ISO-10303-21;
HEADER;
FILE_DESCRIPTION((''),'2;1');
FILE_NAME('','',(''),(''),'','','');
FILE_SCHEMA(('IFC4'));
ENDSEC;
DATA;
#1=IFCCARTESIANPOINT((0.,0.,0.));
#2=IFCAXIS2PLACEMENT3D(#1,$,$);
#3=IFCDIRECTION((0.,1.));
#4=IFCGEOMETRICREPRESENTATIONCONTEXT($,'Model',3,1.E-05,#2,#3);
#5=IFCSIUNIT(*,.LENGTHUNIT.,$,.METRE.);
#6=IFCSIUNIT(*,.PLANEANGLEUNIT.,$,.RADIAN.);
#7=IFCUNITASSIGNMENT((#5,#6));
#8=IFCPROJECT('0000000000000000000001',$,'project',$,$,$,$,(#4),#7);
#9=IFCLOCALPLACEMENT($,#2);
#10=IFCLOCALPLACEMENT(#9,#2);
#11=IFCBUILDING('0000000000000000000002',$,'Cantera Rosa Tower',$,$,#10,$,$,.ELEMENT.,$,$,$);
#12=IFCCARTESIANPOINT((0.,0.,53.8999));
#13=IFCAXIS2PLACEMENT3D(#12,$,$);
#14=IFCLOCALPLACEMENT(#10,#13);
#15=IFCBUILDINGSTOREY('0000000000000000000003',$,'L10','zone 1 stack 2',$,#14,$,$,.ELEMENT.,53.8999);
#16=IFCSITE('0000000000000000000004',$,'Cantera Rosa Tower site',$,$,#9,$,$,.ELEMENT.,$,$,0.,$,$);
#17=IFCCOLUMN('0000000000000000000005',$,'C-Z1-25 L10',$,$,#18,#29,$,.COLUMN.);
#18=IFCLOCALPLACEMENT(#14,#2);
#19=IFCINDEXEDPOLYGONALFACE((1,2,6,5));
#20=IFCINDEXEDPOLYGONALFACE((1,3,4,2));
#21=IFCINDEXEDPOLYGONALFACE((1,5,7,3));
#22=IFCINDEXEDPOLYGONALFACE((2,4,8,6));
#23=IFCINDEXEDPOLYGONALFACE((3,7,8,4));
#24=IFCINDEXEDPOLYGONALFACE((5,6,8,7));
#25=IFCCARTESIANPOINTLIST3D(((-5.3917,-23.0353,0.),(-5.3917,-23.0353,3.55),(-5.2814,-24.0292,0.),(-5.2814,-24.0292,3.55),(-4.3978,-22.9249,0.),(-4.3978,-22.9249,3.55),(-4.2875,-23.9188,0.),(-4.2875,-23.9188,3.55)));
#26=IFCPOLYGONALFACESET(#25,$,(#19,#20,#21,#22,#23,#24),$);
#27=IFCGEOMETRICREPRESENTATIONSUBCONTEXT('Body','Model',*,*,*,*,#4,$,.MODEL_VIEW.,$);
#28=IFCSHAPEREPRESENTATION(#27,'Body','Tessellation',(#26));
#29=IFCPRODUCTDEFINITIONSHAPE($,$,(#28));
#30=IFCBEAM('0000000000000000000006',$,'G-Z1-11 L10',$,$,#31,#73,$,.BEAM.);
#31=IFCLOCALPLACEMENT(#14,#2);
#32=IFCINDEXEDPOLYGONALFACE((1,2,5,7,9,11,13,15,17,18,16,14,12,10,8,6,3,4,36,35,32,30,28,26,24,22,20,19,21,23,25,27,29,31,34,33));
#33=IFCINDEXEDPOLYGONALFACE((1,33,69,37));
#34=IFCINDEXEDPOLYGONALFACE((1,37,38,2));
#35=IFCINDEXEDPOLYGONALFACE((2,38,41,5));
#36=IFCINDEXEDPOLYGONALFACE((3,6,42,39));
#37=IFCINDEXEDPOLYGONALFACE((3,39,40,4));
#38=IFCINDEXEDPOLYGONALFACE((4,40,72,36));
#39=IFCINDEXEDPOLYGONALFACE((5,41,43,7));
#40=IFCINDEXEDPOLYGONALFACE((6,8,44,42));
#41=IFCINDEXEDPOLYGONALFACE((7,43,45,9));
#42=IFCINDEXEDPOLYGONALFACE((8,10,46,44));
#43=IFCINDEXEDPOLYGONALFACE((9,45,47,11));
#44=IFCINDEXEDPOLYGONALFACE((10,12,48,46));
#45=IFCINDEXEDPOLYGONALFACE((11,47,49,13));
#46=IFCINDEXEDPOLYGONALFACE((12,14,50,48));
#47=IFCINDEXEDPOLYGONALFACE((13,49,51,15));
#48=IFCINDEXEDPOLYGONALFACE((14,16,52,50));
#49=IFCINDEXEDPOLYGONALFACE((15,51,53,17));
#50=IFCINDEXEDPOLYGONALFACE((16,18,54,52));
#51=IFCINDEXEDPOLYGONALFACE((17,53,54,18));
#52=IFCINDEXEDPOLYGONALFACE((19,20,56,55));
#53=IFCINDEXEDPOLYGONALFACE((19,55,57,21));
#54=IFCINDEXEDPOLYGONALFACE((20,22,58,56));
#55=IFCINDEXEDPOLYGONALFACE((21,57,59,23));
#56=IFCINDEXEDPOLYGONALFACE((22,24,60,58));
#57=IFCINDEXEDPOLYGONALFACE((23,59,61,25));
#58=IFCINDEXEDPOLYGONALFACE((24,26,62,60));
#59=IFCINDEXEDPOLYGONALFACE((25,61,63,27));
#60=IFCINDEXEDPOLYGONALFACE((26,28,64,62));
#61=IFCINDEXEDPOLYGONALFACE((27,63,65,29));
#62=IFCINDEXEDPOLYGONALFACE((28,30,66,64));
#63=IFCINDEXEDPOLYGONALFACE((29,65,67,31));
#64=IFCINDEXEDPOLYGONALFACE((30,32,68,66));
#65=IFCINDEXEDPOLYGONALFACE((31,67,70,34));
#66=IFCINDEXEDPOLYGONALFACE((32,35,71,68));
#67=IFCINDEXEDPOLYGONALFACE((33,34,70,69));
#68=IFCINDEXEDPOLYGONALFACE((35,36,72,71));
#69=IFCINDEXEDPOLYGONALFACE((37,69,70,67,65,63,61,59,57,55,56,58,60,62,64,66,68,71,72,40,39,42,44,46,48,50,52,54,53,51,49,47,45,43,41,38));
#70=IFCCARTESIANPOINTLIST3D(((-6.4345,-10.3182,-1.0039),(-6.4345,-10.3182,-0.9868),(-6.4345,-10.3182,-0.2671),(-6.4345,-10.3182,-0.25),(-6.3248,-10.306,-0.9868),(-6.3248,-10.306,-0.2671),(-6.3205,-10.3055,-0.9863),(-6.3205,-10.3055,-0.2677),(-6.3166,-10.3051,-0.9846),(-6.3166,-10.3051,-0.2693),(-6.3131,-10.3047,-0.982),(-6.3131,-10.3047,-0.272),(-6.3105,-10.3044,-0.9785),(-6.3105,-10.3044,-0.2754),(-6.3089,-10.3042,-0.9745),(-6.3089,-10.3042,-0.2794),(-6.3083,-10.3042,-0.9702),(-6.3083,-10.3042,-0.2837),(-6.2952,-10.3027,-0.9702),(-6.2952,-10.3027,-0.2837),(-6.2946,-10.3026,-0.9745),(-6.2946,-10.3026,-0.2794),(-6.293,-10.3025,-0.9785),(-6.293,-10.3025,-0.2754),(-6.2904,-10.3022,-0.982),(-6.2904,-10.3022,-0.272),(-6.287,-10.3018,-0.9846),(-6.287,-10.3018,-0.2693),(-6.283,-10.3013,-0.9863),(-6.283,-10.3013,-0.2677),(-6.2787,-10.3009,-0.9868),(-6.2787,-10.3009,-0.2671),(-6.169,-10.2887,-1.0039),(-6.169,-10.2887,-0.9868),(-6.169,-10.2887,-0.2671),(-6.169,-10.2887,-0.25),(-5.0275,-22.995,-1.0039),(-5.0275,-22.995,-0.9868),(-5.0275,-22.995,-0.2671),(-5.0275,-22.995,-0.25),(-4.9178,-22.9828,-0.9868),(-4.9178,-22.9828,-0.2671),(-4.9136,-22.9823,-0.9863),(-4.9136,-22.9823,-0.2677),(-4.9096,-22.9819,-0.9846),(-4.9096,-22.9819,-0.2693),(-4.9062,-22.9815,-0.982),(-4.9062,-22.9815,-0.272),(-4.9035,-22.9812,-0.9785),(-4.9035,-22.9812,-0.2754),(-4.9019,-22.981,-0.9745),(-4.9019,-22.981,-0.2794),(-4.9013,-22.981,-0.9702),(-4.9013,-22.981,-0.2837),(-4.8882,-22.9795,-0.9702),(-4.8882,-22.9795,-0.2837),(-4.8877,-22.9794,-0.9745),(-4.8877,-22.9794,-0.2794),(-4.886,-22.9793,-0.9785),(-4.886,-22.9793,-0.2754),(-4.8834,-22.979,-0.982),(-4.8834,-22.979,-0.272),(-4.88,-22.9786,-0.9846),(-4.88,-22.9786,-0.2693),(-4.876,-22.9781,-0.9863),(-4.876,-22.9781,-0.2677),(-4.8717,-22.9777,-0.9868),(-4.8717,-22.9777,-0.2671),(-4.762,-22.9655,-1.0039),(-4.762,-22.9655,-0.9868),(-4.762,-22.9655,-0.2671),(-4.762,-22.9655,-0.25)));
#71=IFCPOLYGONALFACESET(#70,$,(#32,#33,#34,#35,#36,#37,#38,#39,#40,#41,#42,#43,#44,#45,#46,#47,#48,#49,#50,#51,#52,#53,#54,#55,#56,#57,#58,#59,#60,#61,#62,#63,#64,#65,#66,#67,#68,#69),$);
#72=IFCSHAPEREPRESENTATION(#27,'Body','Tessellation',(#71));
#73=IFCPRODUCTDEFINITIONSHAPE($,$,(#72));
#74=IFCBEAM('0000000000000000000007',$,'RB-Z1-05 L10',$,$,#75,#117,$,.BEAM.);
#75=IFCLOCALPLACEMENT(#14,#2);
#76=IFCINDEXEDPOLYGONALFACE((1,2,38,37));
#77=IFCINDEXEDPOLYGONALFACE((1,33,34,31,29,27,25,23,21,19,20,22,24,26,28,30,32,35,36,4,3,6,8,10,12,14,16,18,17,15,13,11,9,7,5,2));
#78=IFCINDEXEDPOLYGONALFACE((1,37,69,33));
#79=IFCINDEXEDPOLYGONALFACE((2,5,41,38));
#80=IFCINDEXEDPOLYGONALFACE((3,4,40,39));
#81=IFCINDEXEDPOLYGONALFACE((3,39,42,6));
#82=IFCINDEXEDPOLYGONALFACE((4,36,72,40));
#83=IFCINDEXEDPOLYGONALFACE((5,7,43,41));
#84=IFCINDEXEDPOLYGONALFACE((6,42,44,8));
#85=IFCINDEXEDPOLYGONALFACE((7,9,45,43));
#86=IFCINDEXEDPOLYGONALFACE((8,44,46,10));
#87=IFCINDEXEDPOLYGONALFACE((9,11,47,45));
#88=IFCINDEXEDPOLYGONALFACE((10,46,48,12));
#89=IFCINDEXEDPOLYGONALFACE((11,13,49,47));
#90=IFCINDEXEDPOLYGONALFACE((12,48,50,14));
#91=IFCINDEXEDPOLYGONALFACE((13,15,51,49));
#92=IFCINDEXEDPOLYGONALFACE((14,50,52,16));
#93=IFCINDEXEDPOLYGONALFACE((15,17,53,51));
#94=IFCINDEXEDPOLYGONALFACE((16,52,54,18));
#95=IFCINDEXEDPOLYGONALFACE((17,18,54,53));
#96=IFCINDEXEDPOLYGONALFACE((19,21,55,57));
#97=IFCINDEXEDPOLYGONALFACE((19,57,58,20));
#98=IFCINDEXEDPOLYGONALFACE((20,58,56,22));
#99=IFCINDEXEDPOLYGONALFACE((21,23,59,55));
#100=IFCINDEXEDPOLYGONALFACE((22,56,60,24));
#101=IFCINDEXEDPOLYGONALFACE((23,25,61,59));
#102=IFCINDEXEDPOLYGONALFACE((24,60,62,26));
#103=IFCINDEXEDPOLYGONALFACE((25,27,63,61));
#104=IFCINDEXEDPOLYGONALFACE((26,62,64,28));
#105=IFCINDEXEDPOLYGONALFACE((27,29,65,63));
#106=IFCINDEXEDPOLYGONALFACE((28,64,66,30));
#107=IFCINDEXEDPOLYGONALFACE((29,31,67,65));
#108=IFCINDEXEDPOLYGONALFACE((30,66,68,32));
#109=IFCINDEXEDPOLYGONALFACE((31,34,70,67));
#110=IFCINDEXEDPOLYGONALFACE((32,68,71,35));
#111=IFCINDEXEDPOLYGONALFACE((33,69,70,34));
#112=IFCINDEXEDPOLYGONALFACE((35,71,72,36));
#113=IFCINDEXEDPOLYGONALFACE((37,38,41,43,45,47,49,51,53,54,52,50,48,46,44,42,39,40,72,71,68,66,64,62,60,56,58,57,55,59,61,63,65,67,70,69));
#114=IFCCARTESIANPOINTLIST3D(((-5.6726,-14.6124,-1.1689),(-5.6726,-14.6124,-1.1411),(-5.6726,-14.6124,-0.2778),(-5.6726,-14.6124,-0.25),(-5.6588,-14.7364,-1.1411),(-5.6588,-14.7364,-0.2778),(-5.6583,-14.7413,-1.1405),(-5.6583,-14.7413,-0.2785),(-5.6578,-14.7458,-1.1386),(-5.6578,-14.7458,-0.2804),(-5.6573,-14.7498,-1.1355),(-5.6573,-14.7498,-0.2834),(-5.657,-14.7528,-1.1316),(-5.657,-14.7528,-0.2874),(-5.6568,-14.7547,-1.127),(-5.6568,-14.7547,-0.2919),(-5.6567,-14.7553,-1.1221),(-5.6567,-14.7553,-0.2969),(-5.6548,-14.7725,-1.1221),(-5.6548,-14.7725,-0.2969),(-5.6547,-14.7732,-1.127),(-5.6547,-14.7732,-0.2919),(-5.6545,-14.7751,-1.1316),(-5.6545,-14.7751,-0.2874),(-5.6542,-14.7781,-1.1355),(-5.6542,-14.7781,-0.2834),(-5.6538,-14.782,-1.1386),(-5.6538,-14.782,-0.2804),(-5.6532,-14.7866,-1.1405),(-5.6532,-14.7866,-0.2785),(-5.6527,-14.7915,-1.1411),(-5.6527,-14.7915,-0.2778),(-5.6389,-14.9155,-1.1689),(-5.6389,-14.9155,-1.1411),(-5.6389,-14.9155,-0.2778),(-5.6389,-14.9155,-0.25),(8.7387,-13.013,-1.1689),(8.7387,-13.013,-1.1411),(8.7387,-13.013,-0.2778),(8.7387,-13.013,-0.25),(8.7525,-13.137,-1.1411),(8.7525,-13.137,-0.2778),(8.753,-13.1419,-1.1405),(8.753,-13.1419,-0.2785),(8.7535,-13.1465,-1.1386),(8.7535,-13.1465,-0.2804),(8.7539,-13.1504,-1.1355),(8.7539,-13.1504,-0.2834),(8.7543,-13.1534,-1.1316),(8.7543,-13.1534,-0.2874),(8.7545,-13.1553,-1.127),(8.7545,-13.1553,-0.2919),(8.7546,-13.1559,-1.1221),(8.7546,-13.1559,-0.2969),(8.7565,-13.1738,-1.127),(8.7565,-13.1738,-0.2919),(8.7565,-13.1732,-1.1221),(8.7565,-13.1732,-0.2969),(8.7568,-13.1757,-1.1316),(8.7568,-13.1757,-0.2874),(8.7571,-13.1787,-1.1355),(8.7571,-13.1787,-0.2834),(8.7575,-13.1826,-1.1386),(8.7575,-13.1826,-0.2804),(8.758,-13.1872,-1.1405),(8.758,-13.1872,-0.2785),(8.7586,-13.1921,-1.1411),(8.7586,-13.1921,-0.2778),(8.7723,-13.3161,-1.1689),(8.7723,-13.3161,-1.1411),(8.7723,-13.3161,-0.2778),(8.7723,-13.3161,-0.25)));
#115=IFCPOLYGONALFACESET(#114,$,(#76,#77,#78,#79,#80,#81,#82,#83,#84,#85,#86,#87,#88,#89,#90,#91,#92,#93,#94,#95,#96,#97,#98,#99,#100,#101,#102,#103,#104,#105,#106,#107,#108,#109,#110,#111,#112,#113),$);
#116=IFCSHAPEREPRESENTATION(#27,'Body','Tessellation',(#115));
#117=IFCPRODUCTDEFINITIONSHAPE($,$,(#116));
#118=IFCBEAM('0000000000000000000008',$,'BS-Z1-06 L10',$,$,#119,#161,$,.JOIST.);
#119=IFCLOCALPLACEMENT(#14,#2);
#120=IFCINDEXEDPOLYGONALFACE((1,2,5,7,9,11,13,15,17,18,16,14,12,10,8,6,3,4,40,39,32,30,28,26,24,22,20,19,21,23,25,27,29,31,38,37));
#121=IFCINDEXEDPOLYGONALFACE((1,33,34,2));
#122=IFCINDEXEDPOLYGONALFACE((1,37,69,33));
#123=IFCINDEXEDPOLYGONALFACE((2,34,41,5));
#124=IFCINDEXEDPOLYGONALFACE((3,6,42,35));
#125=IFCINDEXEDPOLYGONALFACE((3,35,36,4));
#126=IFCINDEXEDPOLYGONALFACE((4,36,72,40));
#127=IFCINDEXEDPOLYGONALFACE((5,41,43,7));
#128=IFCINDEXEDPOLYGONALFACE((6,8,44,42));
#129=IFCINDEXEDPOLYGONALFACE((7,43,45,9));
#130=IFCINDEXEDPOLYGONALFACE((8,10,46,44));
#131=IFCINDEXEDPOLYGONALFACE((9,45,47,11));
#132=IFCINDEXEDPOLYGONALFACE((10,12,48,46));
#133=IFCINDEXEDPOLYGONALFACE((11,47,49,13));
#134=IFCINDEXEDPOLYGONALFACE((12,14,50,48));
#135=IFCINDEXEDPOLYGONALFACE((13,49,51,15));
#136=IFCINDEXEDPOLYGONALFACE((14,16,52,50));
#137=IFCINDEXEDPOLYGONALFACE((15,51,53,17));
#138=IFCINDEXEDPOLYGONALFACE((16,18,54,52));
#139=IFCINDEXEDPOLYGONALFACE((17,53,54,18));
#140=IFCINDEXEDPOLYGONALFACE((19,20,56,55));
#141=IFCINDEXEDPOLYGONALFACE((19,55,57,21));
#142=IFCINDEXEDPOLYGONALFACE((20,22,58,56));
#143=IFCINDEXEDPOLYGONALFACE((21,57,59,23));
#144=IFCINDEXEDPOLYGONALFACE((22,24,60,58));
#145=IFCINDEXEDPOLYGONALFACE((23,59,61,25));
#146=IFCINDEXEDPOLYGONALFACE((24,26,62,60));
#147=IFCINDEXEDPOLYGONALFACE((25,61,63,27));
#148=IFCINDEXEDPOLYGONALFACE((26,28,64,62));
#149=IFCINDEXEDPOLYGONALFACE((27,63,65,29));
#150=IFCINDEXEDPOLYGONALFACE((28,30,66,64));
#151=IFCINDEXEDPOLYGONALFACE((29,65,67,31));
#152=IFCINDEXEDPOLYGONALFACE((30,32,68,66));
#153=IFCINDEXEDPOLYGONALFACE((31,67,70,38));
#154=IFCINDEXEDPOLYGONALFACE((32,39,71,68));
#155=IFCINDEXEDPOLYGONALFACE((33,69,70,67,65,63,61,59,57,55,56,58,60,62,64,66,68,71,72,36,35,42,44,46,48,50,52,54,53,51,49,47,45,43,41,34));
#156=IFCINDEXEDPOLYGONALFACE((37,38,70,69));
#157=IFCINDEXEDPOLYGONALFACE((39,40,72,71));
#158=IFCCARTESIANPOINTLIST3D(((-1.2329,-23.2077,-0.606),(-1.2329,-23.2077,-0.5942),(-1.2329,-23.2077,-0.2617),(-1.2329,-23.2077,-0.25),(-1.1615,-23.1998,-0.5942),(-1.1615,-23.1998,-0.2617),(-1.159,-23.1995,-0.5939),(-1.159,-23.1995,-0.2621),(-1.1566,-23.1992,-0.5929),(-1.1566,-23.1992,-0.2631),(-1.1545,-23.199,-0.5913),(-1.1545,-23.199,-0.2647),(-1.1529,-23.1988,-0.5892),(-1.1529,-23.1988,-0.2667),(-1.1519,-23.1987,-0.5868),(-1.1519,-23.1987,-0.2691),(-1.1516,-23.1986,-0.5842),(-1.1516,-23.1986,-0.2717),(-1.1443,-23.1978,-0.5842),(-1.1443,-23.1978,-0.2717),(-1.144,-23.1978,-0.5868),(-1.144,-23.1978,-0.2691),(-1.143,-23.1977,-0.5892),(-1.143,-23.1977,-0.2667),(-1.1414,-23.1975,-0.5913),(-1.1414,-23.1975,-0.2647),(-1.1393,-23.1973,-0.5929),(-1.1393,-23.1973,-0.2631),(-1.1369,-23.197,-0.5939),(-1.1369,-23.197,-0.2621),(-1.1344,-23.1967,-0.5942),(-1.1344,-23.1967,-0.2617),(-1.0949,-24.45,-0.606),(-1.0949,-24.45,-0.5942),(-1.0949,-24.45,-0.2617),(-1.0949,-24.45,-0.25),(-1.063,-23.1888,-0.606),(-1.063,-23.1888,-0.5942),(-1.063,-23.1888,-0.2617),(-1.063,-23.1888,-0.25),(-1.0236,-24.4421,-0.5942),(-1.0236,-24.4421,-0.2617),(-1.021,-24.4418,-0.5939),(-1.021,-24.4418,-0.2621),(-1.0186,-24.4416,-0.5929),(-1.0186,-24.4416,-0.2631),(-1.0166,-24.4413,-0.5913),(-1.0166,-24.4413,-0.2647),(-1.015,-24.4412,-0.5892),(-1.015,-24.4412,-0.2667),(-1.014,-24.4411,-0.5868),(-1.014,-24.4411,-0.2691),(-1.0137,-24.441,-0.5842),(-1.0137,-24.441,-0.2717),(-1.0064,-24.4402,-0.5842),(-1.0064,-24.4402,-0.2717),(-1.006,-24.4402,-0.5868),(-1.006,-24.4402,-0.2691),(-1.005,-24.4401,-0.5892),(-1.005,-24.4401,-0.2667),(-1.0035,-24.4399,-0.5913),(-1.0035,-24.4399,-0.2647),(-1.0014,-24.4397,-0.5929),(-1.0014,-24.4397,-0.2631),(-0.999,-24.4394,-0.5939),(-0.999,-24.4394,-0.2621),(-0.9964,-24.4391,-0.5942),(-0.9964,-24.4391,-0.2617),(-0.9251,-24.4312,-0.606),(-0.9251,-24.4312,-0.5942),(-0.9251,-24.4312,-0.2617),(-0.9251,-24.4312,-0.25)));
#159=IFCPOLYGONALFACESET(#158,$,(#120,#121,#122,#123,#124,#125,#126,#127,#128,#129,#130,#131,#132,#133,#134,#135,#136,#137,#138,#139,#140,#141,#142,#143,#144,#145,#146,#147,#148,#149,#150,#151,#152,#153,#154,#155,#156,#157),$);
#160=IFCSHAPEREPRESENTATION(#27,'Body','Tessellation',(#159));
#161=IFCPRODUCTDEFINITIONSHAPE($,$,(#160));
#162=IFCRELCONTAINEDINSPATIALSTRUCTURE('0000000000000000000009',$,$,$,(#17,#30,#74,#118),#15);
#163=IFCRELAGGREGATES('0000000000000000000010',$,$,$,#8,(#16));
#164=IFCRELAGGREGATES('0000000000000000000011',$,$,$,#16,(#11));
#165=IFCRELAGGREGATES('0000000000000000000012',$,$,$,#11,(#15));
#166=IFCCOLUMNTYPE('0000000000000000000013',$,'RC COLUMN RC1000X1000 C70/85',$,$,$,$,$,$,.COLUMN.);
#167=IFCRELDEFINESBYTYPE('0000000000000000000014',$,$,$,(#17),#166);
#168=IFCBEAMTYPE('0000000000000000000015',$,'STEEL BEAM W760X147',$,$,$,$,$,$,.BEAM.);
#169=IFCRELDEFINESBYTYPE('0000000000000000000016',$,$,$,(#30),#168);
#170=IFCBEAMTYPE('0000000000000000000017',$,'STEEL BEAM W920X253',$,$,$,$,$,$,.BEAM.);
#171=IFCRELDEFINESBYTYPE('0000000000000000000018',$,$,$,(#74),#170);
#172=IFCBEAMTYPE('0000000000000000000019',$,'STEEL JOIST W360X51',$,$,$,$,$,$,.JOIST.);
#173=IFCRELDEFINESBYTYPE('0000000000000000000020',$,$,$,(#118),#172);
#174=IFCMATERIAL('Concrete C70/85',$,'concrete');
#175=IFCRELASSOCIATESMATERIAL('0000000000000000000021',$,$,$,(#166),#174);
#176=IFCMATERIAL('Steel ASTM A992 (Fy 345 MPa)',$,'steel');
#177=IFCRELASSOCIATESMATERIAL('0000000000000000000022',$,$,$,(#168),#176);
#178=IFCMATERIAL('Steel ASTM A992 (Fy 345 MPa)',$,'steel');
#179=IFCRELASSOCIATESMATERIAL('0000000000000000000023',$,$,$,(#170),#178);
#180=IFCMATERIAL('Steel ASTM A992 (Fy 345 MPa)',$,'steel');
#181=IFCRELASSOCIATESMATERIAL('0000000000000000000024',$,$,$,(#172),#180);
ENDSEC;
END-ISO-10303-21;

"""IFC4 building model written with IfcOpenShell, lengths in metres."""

from ifc_helpers import new_model, si_unit, direction, frame, origin, origin_2d, place, context, subcontext, project, spatial, rectangle, i_section, extrude, material, material_profile, profile_set, type_object, element, save


model = new_model("IFC4")

# Units and contexts
model_context = context("Model", 3, precision=1e-05, world=origin(), true_north=direction((0.0, 1.0)))
body_context = subcontext(model_context, "Body", "Model", "MODEL_VIEW")
ifc_project = project(units=[si_unit("LENGTHUNIT", "METRE"), si_unit("PLANEANGLEUNIT", "RADIAN")], contexts=[model_context])

# Site, building, storey
site_placement = place(None, origin())
site = spatial("IfcSite", under=ifc_project, at=site_placement, Name="Cantera Rosa Tower site", CompositionType="ELEMENT", RefElevation=0.0)
building_placement = place(site_placement, origin())
building = spatial("IfcBuilding", under=site, at=building_placement, Name="Cantera Rosa Tower", CompositionType="ELEMENT")
storey_placement = place(building_placement, frame((0.0, 0.0, 53.8999)))
storey = spatial("IfcBuildingStorey", under=building, at=storey_placement, Name="L10", Description="zone 1 stack 2", CompositionType="ELEMENT", Elevation=53.8999)

# Column
ifc_material_1 = material(Name="Concrete C70/85", Category="concrete")
ifc_material_profile_1 = material_profile(ifc_material_1, rectangle(XDim=1.0, YDim=1.0, at=origin_2d()), Name="RC COLUMN RC1000X1000 C70/85")
ifc_profile_set_1 = profile_set([ifc_material_profile_1], Name="Concrete C70/85")
column_type = type_object("IfcColumnType", Name="RC COLUMN RC1000X1000 C70/85", PredefinedType="COLUMN", material=ifc_profile_set_1)
column_placement = place(storey_placement, frame((-4.8396, -23.4771, 0.0), z_axis=(0.0, 0.0, 1.0), x_axis=(0.993897, 0.110313, 0.0)))
element("IfcColumn", 1, at=column_placement, inside=storey, type_object=column_type, Name="C-Z1-25 L10", PredefinedType="COLUMN", context=body_context, shape_type="SweptSolid", body=[
    extrude(rectangle(XDim=1.0, YDim=1.0, at=origin_2d()), origin(), (0.0, 0.0, 1.0), 3.55),
])

# Beams
ifc_material_2 = material(Name="Steel ASTM A992 (Fy 345 MPa)", Category="steel")
ifc_material_profile_2 = material_profile(ifc_material_2, i_section(OverallWidth=0.2671, OverallDepth=0.7539, WebThickness=0.0132, FlangeThickness=0.0171, FilletRadius=0.0166, at=origin_2d()), Name="W760X147")
ifc_profile_set_2 = profile_set([ifc_material_profile_2], Name="Steel ASTM A992 (Fy 345 MPa)")
beam_type_1 = type_object("IfcBeamType", Name="STEEL BEAM W760X147", PredefinedType="BEAM", material=ifc_profile_set_2)
beam_1_placement = place(storey_placement, frame((-4.8948, -22.9802, -0.627), z_axis=(-0.110312, 0.993897, 0.0), x_axis=(-0.993897, -0.110312, 0.0)))
element("IfcBeam", 2, at=beam_1_placement, inside=storey, type_object=beam_type_1, Name="G-Z1-11 L10", PredefinedType="BEAM", context=body_context, shape_type="SweptSolid", body=[
    extrude(i_section(OverallWidth=0.2671, OverallDepth=0.7539, WebThickness=0.0132, FlangeThickness=0.0171, FilletRadius=0.0166, at=origin_2d()), origin(), (0.0, 0.0, 1.0), 12.7546),
])
ifc_material_3 = material(Name="Steel ASTM A992 (Fy 345 MPa)", Category="steel")
ifc_material_profile_3 = material_profile(ifc_material_3, i_section(OverallWidth=0.3049, OverallDepth=0.9189, WebThickness=0.0173, FlangeThickness=0.0278, FilletRadius=0.019, at=origin_2d()), Name="W920X253")
ifc_profile_set_3 = profile_set([ifc_material_profile_3], Name="Steel ASTM A992 (Fy 345 MPa)")
beam_type_2 = type_object("IfcBeamType", Name="STEEL BEAM W920X253", PredefinedType="BEAM", material=ifc_profile_set_3)
beam_2_placement = place(storey_placement, frame((-5.6558, -14.7639, -0.7095), z_axis=(0.993898, 0.110302, 0.0), x_axis=(-0.110302, 0.993898, 0.0)))
element("IfcBeam", 3, at=beam_2_placement, inside=storey, type_object=beam_type_2, Name="RB-Z1-05 L10", PredefinedType="BEAM", context=body_context, shape_type="SweptSolid", body=[
    extrude(i_section(OverallWidth=0.3049, OverallDepth=0.9189, WebThickness=0.0173, FlangeThickness=0.0278, FilletRadius=0.019, at=origin_2d()), origin(), (0.0, 0.0, 1.0), 14.4998),
])
ifc_material_4 = material(Name="Steel ASTM A992 (Fy 345 MPa)", Category="steel")
ifc_material_profile_4 = material_profile(ifc_material_4, i_section(OverallWidth=0.1709, OverallDepth=0.356, WebThickness=0.0073, FlangeThickness=0.0117, FilletRadius=0.01, at=origin_2d()), Name="W360X51")
ifc_profile_set_4 = profile_set([ifc_material_profile_4], Name="Steel ASTM A992 (Fy 345 MPa)")
beam_type_3 = type_object("IfcBeamType", Name="STEEL JOIST W360X51", PredefinedType="JOIST", material=ifc_profile_set_4)
beam_3_placement = place(storey_placement, frame((-1.1479, -23.1982, -0.428), z_axis=(0.110346, -0.993893, 0.0), x_axis=(0.993893, 0.110346, 0.0)))
element("IfcBeam", 4, at=beam_3_placement, inside=storey, type_object=beam_type_3, Name="BS-Z1-06 L10", PredefinedType="JOIST", context=body_context, shape_type="SweptSolid", body=[
    extrude(i_section(OverallWidth=0.1709, OverallDepth=0.356, WebThickness=0.0073, FlangeThickness=0.0117, FilletRadius=0.01, at=origin_2d()), origin(), (0.0, 0.0, 1.0), 1.25),
])

save(model, "model.ifc")
